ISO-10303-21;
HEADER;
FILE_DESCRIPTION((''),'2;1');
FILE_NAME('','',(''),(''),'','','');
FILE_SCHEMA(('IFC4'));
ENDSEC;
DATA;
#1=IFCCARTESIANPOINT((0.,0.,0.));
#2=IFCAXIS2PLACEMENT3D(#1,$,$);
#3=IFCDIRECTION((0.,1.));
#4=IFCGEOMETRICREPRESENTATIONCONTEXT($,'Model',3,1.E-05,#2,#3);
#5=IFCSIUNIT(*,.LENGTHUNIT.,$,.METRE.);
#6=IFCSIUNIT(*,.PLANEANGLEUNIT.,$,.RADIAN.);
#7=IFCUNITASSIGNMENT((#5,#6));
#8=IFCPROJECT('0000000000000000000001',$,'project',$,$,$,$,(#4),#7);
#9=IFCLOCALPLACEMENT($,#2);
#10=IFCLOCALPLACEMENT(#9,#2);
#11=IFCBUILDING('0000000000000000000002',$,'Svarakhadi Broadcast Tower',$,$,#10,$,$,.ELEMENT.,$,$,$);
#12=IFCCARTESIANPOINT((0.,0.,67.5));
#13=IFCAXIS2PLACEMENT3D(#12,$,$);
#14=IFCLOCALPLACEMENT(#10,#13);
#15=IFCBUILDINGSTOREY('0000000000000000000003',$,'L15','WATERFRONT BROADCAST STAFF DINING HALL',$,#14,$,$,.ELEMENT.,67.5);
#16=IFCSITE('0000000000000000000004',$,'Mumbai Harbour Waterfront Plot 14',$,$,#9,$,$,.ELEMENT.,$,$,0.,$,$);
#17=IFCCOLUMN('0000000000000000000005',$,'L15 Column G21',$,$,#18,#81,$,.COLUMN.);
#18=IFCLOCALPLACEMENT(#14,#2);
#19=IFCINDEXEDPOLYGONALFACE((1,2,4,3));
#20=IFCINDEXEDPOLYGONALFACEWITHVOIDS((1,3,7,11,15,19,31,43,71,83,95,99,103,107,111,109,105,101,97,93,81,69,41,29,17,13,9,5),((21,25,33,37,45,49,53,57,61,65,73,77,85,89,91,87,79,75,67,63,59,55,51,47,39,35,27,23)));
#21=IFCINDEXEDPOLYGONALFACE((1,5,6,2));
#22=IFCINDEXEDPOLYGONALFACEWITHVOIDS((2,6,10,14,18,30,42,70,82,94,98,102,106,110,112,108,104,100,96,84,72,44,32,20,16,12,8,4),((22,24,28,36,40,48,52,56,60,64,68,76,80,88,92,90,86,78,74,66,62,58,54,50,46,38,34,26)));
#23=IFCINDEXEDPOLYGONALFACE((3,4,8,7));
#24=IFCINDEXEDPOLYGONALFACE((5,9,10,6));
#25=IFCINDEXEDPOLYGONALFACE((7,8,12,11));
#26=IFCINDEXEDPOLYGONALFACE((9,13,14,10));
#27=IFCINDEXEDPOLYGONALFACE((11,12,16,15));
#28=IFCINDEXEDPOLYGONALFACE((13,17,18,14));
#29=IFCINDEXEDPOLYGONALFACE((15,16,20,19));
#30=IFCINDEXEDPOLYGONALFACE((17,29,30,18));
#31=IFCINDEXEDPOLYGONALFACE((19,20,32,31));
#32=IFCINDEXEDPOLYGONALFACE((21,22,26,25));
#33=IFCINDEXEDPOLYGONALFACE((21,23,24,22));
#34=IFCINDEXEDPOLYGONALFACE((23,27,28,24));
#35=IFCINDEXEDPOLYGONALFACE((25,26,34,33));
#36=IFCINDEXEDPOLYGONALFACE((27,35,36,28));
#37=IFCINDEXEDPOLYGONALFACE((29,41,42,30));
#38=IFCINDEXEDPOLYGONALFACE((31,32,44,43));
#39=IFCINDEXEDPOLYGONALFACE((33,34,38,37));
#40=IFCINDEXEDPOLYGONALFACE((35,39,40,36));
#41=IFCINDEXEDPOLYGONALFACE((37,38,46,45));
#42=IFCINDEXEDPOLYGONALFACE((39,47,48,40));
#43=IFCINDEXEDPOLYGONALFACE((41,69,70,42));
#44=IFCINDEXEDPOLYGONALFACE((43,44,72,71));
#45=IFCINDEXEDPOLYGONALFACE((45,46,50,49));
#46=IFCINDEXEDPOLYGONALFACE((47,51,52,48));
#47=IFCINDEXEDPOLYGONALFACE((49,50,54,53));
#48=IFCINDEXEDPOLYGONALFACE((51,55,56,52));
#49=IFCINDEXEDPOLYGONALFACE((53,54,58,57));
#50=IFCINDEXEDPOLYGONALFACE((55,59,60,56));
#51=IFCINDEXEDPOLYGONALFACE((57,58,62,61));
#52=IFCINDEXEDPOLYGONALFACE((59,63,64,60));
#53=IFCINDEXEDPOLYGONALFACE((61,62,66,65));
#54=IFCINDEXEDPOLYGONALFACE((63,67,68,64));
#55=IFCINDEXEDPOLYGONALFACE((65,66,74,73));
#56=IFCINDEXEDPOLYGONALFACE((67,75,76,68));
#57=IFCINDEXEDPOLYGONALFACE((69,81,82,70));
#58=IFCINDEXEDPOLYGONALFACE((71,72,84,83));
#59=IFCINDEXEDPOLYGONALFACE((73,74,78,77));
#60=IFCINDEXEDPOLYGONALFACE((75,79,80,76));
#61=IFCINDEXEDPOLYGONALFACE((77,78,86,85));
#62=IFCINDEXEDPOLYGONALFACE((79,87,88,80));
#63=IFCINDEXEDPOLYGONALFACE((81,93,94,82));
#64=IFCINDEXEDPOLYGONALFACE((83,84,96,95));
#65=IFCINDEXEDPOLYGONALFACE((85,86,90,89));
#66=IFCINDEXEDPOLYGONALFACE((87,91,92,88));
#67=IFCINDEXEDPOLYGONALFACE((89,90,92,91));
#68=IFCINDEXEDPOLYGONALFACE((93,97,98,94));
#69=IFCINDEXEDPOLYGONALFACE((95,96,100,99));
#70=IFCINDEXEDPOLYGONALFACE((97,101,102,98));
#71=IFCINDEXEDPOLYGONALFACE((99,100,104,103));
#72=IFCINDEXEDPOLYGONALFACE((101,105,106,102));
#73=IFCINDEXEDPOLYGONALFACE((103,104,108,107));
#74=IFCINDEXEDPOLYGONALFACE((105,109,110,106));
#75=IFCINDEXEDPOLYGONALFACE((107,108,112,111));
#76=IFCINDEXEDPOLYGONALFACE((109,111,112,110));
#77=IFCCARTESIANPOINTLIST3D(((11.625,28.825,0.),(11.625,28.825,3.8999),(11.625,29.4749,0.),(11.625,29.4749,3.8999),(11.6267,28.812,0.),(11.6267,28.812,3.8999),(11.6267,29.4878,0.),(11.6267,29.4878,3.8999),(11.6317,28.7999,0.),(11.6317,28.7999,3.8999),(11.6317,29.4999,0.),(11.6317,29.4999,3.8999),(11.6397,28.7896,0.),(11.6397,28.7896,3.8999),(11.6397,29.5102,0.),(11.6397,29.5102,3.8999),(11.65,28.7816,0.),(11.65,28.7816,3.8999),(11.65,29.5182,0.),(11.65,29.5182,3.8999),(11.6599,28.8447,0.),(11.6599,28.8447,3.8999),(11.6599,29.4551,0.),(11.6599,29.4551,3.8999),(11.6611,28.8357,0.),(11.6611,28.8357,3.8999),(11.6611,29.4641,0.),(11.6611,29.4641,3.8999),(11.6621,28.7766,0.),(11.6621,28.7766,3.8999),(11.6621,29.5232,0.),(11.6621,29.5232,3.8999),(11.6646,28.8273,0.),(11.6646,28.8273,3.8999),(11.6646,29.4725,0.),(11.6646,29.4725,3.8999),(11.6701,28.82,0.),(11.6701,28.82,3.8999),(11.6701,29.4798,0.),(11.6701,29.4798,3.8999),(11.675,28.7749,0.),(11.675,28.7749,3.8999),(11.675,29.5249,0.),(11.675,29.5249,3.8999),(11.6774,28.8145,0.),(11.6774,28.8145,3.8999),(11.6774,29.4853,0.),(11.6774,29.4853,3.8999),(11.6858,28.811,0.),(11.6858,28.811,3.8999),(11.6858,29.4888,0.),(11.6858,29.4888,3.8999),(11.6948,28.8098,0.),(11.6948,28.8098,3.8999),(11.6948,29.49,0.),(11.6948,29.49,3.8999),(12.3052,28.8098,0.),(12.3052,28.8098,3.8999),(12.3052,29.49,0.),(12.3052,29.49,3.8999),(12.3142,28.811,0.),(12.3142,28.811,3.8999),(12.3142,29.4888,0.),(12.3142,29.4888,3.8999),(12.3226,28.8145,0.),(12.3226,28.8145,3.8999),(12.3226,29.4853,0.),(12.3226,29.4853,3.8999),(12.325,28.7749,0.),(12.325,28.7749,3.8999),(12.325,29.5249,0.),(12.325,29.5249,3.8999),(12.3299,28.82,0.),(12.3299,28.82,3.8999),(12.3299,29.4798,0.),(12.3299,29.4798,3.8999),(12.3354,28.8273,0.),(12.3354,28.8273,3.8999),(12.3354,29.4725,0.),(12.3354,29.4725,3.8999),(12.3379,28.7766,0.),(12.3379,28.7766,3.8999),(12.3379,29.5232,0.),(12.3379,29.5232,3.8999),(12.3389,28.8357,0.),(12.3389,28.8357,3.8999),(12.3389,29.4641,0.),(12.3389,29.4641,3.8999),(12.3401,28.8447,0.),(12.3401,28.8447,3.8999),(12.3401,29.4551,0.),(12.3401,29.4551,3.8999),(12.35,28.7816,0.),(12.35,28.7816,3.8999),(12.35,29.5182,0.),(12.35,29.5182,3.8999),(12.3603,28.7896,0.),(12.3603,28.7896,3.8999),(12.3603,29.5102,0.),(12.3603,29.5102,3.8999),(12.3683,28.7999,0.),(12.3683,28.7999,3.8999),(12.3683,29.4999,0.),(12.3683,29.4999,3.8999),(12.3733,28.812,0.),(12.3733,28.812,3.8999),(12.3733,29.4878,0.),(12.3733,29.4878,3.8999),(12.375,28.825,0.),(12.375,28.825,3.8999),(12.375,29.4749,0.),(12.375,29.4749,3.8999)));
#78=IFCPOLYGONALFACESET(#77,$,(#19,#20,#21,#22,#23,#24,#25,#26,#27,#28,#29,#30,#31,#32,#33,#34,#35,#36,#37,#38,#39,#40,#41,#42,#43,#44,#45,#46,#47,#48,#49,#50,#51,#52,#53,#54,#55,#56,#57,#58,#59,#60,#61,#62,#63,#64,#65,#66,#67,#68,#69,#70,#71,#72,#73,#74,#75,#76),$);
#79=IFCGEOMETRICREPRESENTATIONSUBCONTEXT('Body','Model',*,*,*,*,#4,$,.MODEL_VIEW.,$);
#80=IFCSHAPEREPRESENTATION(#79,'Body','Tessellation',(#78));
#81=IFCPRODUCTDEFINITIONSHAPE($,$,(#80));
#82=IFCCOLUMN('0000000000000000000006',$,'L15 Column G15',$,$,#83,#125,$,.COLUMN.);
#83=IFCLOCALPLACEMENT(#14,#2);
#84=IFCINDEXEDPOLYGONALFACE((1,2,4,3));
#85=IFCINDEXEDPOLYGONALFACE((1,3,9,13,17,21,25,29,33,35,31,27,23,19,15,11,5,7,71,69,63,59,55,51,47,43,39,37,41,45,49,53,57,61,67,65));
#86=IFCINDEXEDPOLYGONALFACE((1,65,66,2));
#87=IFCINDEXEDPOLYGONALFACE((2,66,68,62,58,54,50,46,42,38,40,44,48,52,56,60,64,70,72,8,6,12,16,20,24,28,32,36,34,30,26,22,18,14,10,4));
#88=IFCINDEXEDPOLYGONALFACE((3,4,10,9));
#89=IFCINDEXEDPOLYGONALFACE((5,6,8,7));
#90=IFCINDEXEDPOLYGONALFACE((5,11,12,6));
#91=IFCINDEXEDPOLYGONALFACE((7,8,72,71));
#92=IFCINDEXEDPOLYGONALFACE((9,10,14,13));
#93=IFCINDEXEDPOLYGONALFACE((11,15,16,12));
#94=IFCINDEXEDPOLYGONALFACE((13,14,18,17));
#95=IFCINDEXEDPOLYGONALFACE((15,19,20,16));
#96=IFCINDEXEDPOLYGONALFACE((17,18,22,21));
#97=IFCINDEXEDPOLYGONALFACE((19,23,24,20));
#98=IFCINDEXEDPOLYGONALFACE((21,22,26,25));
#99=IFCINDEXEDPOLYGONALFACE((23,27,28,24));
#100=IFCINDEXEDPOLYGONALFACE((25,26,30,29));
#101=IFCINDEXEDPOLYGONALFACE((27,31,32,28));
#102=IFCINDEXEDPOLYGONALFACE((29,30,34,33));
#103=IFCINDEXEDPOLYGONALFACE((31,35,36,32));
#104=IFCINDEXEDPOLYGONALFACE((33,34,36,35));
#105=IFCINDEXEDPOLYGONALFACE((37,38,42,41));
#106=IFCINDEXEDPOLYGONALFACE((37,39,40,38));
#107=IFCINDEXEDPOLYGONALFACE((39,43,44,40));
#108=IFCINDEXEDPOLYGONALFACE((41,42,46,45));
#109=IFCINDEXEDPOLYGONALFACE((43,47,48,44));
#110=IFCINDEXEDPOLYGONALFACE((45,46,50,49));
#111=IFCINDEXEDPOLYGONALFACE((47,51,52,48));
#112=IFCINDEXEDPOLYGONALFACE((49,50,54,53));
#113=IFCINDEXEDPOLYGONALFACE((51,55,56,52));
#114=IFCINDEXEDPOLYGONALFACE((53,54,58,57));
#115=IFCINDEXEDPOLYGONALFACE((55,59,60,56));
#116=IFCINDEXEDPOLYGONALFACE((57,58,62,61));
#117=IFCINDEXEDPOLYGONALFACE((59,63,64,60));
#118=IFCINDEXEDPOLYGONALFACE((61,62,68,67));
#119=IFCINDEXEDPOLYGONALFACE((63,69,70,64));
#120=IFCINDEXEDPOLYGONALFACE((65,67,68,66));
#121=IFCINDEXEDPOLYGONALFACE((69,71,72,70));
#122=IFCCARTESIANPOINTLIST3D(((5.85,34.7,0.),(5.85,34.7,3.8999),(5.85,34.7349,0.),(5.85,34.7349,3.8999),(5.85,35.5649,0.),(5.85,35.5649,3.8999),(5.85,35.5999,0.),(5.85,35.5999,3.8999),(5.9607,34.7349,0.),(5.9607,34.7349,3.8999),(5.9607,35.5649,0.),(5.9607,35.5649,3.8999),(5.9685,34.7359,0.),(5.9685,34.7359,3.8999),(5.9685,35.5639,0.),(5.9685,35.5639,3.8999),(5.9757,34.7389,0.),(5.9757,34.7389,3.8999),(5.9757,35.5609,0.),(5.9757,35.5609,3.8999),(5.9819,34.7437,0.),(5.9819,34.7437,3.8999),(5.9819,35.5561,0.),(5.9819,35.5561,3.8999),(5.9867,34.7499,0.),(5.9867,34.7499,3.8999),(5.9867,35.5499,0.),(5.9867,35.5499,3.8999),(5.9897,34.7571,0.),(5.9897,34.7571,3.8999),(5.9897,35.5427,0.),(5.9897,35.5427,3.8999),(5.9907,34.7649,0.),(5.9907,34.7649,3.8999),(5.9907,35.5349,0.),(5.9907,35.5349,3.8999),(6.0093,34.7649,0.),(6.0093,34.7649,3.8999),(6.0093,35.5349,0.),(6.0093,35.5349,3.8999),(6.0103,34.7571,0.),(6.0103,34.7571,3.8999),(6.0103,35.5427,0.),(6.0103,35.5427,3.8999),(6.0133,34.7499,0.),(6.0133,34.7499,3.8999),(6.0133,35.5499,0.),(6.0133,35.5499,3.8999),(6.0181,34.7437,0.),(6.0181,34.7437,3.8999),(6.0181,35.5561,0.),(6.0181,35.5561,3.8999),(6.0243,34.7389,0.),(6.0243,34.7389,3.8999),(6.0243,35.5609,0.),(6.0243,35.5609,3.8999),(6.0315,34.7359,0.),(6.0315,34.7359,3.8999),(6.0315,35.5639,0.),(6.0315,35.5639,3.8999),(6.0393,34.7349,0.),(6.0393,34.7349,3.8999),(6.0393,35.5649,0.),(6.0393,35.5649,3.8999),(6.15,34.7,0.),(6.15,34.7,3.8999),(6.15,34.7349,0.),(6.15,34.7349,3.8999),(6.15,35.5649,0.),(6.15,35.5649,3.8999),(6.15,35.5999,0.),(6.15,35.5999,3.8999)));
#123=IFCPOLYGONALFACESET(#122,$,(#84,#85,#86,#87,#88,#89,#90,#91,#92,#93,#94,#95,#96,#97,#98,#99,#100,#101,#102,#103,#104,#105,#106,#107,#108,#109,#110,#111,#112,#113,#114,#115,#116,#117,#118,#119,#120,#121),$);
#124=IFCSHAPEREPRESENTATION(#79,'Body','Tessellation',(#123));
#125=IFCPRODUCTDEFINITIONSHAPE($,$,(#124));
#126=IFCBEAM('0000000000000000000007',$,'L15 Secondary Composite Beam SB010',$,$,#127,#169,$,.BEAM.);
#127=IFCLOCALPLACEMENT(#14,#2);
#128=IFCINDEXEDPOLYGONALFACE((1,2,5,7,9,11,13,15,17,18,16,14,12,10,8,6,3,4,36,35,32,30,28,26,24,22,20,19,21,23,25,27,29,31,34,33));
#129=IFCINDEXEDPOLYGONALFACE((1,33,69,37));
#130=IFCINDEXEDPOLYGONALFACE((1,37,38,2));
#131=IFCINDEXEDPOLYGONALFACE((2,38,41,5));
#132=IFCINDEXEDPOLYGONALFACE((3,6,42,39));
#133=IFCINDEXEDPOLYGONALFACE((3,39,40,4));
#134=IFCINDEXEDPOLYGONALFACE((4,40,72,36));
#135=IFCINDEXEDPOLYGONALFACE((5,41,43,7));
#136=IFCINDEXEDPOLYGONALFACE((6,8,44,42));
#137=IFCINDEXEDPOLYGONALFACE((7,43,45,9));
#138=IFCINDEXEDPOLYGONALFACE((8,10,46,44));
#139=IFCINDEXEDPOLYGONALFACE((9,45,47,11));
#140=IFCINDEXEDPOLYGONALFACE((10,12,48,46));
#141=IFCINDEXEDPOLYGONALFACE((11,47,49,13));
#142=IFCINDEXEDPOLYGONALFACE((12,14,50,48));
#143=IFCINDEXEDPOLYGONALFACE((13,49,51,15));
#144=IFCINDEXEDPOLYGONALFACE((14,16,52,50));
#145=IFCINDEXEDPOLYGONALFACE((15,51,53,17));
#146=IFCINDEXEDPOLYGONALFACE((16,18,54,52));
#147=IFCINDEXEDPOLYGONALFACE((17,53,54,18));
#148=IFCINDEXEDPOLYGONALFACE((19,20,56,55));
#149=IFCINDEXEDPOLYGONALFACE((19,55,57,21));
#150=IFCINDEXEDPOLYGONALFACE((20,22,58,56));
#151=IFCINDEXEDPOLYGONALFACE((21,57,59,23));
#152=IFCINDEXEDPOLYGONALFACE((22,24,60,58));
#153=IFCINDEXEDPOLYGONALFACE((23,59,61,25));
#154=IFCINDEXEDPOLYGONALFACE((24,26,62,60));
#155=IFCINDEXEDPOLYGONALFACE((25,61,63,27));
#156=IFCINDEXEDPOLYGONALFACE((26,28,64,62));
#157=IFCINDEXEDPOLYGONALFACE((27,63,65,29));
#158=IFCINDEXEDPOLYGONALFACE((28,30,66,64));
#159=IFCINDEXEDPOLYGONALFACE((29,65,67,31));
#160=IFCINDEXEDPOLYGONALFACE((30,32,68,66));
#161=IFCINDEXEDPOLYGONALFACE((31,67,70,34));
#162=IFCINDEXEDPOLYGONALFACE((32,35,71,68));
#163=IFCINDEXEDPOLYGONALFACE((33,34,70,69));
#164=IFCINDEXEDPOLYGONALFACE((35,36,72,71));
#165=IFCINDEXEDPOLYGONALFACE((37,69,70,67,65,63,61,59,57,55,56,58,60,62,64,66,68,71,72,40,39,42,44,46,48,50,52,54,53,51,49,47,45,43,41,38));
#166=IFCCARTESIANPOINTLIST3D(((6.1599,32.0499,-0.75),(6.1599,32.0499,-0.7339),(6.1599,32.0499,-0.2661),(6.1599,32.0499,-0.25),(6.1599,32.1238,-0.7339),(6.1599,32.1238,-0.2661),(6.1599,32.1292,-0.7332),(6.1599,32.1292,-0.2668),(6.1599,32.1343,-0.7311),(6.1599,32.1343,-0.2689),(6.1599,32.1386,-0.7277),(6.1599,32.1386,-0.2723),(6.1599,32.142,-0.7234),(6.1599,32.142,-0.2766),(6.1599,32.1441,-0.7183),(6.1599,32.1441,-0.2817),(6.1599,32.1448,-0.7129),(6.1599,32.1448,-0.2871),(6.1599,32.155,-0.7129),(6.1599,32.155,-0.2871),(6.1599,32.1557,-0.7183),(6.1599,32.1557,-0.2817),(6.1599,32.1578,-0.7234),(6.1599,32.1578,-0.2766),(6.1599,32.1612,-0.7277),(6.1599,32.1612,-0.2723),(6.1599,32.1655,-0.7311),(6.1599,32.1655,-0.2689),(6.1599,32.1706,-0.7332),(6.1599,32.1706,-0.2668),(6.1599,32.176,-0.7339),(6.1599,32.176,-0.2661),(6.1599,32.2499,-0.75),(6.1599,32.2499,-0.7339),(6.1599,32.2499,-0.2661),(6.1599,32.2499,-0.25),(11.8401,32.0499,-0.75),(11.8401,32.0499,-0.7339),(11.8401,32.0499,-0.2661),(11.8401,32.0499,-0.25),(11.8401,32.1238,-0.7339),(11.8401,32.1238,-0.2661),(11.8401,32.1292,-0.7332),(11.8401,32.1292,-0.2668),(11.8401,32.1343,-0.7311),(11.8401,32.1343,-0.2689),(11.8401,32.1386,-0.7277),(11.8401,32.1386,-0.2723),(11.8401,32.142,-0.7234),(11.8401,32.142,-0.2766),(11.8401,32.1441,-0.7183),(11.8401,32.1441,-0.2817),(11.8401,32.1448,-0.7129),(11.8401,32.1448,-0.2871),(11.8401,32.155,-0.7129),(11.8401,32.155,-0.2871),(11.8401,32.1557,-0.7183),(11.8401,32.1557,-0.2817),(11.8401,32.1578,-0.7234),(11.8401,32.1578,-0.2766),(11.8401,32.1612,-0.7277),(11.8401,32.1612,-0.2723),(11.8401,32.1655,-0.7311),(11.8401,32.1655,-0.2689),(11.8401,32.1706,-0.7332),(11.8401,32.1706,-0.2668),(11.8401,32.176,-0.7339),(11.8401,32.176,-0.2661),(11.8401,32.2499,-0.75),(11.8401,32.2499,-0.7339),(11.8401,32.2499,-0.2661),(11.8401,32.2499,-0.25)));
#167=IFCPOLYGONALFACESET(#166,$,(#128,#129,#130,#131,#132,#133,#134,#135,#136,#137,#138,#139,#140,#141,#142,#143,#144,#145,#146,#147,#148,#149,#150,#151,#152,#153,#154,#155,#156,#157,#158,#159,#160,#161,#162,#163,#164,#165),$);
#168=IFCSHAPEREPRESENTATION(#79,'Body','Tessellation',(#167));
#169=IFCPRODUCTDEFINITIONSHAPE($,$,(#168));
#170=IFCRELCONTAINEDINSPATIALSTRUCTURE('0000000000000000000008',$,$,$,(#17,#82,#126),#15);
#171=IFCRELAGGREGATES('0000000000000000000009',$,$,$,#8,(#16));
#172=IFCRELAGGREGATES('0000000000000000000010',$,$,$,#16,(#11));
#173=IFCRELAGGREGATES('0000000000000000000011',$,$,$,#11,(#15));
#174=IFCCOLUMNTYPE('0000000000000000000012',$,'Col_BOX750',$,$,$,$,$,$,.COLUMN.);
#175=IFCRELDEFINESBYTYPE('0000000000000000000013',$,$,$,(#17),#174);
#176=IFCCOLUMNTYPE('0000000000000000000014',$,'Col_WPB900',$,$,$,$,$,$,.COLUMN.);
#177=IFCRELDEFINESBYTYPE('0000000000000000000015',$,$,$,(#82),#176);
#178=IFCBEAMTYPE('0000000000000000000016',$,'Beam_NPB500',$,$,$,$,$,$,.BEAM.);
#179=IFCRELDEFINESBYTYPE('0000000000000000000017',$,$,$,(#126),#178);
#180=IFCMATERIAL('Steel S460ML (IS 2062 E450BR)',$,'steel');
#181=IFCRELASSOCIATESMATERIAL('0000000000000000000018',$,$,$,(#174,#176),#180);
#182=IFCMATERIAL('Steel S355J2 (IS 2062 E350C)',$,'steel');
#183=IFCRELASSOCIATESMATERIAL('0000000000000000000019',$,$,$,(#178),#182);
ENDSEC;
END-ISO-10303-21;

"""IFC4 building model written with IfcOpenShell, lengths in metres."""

from ifc_helpers import new_model, si_unit, direction, frame, origin, origin_2d, place, context, subcontext, project, spatial, hollow_rectangle, i_section, extrude, material, material_profile, profile_set, type_object, element, save


model = new_model("IFC4")

# Units and contexts
model_context = context("Model", 3, precision=1e-05, world=origin(), true_north=direction((0.0, 1.0)))
body_context = subcontext(model_context, "Body", "Model", "MODEL_VIEW")
ifc_project = project(units=[si_unit("LENGTHUNIT", "METRE"), si_unit("PLANEANGLEUNIT", "RADIAN")], contexts=[model_context])

# Site, building, storey
site_placement = place(None, origin())
site = spatial("IfcSite", under=ifc_project, at=site_placement, Name="Mumbai Harbour Waterfront Plot 14", CompositionType="ELEMENT", RefElevation=0.0)
building_placement = place(site_placement, origin())
building = spatial("IfcBuilding", under=site, at=building_placement, Name="Svarakhadi Broadcast Tower", CompositionType="ELEMENT")
storey_placement = place(building_placement, frame((0.0, 0.0, 67.5)))
storey = spatial("IfcBuildingStorey", under=building, at=storey_placement, Name="L15", Description="WATERFRONT BROADCAST STAFF DINING HALL", CompositionType="ELEMENT", Elevation=67.5)

# Columns
ifc_material_1 = material(Name="Steel S460ML (IS 2062 E450BR)", Category="steel")
ifc_material_profile_1 = material_profile(ifc_material_1, hollow_rectangle(XDim=0.75, YDim=0.75, WallThickness=0.0349, InnerFilletRadius=0.0349, OuterFilletRadius=0.05, at=origin_2d()), Name="BOX 750x750x35")
ifc_profile_set_1 = profile_set([ifc_material_profile_1], Name="Steel S460ML (IS 2062 E450BR)")
column_type_1 = type_object("IfcColumnType", Name="Col_BOX750", PredefinedType="COLUMN", material=ifc_profile_set_1)
column_1_placement = place(storey_placement, frame((12.0, 29.1499, 0.0), z_axis=(0.0, 0.0, 1.0), x_axis=(1.0, 0.0, 0.0)))
element("IfcColumn", 1, at=column_1_placement, inside=storey, type_object=column_type_1, Name="L15 Column G21", PredefinedType="COLUMN", context=body_context, shape_type="SweptSolid", body=[
    extrude(hollow_rectangle(XDim=0.75, YDim=0.75, WallThickness=0.0349, InnerFilletRadius=0.0349, OuterFilletRadius=0.05, at=origin_2d()), origin(), (0.0, 0.0, 1.0), 3.8999),
])
ifc_material_profile_2 = material_profile(ifc_material_1, i_section(OverallWidth=0.3, OverallDepth=0.8999, WebThickness=0.0186, FlangeThickness=0.0349, FilletRadius=0.03, at=origin_2d()), Name="WPB 900x300x291")
ifc_profile_set_2 = profile_set([ifc_material_profile_2], Name="Steel S460ML (IS 2062 E450BR)")
column_type_2 = type_object("IfcColumnType", Name="Col_WPB900", PredefinedType="COLUMN", material=ifc_profile_set_2)
column_2_placement = place(storey_placement, frame((6.0, 35.1499, 0.0), z_axis=(0.0, 0.0, 1.0), x_axis=(1.0, 0.0, 0.0)))
element("IfcColumn", 2, at=column_2_placement, inside=storey, type_object=column_type_2, Name="L15 Column G15", PredefinedType="COLUMN", context=body_context, shape_type="SweptSolid", body=[
    extrude(i_section(OverallWidth=0.3, OverallDepth=0.8999, WebThickness=0.0186, FlangeThickness=0.0349, FilletRadius=0.03, at=origin_2d()), origin(), (0.0, 0.0, 1.0), 3.8999),
])

# Beam
ifc_material_2 = material(Name="Steel S355J2 (IS 2062 E350C)", Category="steel")
ifc_material_profile_3 = material_profile(ifc_material_2, i_section(OverallWidth=0.2, OverallDepth=0.5, WebThickness=0.0103, FlangeThickness=0.0161, FilletRadius=0.021, at=origin_2d()), Name="NPB 500x200x91")
ifc_profile_set_3 = profile_set([ifc_material_profile_3], Name="Steel S355J2 (IS 2062 E350C)")
beam_type_1 = type_object("IfcBeamType", Name="Beam_NPB500", PredefinedType="BEAM", material=ifc_profile_set_3)
beam_placement = place(storey_placement, frame((6.1599, 32.1499, -0.5), z_axis=(1.0, 0.0, 0.0), x_axis=(0.0, 1.0, 0.0)))
element("IfcBeam", 3, at=beam_placement, inside=storey, type_object=beam_type_1, Name="L15 Secondary Composite Beam SB010", PredefinedType="BEAM", context=body_context, shape_type="SweptSolid", body=[
    extrude(i_section(OverallWidth=0.2, OverallDepth=0.5, WebThickness=0.0103, FlangeThickness=0.0161, FilletRadius=0.021, at=origin_2d()), origin(), (0.0, 0.0, 1.0), 5.6802),
])

save(model, "model.ifc")
